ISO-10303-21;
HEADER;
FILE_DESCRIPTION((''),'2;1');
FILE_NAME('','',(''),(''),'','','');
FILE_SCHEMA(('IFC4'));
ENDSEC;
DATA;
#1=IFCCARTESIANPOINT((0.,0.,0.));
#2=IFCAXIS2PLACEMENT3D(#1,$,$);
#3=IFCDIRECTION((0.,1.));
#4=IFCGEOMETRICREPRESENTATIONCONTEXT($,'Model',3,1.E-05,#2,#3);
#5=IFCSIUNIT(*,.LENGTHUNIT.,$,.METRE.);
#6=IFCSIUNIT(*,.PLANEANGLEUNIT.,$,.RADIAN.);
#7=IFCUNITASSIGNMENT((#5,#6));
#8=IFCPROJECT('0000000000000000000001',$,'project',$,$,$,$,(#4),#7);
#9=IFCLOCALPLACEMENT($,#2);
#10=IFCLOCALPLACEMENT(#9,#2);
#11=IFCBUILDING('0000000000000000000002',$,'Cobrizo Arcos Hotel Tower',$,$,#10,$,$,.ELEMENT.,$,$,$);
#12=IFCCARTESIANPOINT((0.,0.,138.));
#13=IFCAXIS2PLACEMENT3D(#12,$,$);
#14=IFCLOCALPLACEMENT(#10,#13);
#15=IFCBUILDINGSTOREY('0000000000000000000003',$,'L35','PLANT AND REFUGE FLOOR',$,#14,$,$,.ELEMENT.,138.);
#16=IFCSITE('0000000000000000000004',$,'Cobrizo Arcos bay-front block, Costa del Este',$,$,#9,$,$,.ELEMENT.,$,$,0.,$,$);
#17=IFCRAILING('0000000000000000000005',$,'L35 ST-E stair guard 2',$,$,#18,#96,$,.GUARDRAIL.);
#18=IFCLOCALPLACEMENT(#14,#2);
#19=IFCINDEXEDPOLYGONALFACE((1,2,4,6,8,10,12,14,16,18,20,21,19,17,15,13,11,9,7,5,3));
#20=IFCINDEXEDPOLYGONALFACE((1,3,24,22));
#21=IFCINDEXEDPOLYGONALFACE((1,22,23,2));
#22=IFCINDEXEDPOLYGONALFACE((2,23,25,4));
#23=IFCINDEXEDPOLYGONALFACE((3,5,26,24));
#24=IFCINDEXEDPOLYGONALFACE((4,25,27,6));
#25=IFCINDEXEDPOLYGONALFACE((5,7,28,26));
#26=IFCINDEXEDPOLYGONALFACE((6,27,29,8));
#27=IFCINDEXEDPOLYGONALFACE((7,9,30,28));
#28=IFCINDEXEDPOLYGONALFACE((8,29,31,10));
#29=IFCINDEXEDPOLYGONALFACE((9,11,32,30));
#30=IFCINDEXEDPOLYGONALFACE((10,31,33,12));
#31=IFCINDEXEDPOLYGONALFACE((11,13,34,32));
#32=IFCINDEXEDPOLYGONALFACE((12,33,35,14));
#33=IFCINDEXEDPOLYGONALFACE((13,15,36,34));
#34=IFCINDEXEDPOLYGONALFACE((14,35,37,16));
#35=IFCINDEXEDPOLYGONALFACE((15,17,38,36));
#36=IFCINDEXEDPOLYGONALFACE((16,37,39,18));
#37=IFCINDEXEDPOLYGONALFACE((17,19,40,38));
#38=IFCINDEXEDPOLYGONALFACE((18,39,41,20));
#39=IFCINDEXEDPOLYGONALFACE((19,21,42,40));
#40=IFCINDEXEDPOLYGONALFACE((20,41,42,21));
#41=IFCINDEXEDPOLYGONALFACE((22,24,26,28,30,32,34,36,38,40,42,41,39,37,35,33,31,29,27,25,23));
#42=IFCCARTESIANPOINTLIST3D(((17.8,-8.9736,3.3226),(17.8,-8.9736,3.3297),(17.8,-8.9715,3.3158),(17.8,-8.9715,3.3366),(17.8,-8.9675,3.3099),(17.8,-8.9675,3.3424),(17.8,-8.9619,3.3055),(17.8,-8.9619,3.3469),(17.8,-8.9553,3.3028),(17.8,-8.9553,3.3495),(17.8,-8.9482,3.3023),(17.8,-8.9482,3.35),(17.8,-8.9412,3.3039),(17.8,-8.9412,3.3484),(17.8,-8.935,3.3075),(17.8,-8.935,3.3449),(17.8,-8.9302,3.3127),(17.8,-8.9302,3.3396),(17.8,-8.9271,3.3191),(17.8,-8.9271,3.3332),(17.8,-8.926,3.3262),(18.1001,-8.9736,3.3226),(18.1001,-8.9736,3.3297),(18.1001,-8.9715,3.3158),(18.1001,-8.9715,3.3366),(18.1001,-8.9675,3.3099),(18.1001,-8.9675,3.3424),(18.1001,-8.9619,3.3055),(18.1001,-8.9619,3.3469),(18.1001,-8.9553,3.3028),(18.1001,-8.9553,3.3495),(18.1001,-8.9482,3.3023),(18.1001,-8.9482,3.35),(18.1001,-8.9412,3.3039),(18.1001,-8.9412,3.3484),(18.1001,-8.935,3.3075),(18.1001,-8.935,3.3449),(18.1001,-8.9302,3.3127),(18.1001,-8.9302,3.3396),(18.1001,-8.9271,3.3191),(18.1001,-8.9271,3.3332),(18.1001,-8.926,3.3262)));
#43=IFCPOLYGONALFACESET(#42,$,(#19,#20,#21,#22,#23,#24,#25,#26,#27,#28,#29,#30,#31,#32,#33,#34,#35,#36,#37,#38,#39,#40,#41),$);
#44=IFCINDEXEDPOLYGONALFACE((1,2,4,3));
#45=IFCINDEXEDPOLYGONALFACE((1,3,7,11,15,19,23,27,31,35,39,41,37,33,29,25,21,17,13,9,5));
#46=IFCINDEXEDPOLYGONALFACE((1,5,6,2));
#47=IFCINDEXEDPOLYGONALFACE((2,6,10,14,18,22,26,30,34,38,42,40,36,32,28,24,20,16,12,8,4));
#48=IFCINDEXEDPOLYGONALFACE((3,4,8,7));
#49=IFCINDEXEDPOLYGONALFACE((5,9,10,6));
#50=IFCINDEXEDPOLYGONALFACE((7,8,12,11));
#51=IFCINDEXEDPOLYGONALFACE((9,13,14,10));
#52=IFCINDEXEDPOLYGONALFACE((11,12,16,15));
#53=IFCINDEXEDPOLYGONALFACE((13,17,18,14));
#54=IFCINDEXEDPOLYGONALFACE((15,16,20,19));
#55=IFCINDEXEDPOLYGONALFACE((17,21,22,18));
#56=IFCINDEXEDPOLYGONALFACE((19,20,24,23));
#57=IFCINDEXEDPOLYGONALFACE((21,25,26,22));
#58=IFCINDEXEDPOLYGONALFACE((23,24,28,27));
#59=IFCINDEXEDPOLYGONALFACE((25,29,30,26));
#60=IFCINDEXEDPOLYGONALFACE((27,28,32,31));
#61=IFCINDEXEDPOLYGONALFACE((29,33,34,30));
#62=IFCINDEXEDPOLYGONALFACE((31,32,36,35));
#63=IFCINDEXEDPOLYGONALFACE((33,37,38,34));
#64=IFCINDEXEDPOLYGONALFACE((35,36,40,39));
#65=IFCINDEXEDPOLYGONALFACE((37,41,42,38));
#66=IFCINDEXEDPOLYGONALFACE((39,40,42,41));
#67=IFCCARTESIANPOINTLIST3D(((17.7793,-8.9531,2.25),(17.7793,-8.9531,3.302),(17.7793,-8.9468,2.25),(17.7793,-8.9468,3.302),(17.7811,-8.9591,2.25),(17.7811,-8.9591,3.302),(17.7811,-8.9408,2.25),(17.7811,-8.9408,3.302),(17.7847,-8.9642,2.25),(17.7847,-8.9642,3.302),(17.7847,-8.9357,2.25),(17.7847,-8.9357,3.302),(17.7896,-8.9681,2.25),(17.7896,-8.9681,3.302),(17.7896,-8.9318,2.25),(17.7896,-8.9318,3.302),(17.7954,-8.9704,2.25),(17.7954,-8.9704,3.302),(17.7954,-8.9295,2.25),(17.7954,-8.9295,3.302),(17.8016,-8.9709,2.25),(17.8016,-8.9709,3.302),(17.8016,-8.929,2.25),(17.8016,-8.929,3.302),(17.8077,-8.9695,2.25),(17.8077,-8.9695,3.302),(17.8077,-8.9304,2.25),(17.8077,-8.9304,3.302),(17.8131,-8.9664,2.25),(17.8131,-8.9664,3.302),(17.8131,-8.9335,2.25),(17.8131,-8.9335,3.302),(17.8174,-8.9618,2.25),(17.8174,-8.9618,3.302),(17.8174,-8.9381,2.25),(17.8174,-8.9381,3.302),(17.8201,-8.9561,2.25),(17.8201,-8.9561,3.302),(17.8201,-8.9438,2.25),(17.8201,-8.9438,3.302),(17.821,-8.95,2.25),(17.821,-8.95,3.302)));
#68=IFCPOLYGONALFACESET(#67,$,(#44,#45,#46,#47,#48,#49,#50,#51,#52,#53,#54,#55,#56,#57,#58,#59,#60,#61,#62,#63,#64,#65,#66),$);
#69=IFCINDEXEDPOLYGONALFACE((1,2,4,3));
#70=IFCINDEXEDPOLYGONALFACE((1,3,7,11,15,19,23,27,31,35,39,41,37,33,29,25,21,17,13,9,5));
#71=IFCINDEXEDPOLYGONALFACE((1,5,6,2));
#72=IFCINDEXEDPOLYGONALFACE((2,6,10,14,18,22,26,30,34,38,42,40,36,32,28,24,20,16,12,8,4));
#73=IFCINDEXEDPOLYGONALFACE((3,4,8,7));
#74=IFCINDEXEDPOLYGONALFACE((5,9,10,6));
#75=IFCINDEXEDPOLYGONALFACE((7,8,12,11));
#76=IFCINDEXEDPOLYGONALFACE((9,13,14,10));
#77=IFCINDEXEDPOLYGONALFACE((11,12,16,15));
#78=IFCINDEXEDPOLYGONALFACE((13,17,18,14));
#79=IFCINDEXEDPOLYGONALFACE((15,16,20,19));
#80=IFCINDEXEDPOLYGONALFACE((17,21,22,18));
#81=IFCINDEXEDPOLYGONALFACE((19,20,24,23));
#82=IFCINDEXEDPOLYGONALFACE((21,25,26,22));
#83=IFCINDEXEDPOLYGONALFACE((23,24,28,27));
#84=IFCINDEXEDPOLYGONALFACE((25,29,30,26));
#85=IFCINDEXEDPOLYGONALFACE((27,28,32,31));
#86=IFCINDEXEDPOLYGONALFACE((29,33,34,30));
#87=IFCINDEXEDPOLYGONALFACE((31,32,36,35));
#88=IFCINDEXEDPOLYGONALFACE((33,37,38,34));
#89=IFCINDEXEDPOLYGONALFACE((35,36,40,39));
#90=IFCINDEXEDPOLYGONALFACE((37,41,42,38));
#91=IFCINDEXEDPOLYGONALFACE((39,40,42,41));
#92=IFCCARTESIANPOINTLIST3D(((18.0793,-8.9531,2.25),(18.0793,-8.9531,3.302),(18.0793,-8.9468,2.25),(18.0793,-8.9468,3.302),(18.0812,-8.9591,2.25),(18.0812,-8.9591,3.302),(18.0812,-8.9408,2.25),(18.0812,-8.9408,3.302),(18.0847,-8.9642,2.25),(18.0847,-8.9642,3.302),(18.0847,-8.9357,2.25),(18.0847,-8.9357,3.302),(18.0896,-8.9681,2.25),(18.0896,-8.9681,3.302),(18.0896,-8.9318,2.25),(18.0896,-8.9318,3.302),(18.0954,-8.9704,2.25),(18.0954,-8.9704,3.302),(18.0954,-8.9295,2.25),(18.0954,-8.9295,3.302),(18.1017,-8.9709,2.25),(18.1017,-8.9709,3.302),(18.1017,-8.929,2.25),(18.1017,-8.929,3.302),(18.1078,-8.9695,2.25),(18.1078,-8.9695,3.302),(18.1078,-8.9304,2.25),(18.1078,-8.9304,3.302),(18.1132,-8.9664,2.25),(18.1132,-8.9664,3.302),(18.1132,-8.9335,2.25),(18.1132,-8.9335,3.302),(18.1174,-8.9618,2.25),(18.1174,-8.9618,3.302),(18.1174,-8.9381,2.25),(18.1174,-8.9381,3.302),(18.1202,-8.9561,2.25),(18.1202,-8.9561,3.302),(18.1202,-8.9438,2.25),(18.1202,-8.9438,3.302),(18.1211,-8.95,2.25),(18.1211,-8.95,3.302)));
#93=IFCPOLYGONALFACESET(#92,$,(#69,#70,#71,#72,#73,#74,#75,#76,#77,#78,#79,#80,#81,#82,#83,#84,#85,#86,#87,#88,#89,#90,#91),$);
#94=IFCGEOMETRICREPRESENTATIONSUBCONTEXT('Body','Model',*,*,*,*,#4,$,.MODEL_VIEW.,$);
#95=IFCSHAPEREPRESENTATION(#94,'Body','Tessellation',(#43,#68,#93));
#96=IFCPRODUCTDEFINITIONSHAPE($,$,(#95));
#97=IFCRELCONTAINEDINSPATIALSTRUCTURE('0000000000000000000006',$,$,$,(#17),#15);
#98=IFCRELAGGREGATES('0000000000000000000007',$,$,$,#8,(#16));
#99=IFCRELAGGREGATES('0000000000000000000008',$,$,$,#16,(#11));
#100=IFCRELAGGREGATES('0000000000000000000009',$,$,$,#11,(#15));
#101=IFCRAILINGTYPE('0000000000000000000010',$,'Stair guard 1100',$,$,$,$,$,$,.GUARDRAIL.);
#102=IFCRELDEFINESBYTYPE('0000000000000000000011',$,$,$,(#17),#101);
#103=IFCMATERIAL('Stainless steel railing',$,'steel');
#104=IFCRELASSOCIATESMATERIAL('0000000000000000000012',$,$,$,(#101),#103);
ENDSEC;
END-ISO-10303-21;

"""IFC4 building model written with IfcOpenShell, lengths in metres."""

from ifc_helpers import new_model, si_unit, direction, frame, origin, origin_2d, place, context, subcontext, project, spatial, circle, extrude, material, type_object, element, save


model = new_model("IFC4")

# Units and contexts
model_context = context("Model", 3, precision=1e-05, world=origin(), true_north=direction((0.0, 1.0)))
body_context = subcontext(model_context, "Body", "Model", "MODEL_VIEW")
ifc_project = project(units=[si_unit("LENGTHUNIT", "METRE"), si_unit("PLANEANGLEUNIT", "RADIAN")], contexts=[model_context])

# Site, building, storey
site_placement = place(None, origin())
site = spatial("IfcSite", under=ifc_project, at=site_placement, Name="Cobrizo Arcos bay-front block, Costa del Este", CompositionType="ELEMENT", RefElevation=0.0)
building_placement = place(site_placement, origin())
building = spatial("IfcBuilding", under=site, at=building_placement, Name="Cobrizo Arcos Hotel Tower", CompositionType="ELEMENT")
storey_placement = place(building_placement, frame((0.0, 0.0, 138.0)))
storey = spatial("IfcBuildingStorey", under=building, at=storey_placement, Name="L35", Description="PLANT AND REFUGE FLOOR", CompositionType="ELEMENT", Elevation=138.0)

# Railing
ifc_material_1 = material(Name="Stainless steel railing", Category="steel")
railing_type_1 = type_object("IfcRailingType", Name="Stair guard 1100", PredefinedType="GUARDRAIL", material=ifc_material_1)
railing_1_placement = place(storey_placement, frame((17.8, -8.95, 2.25)))
element("IfcRailing", 1, at=railing_1_placement, inside=storey, type_object=railing_type_1, Name="L35 ST-E stair guard 2", PredefinedType="GUARDRAIL", context=body_context, shape_type="SweptSolid", body=[
    extrude(circle(Radius=0.0239, at=origin_2d()), frame((0.0, 0.0, 1.0762), z_axis=(1.0, 0.0, 0.0), x_axis=(0.0, 1.0, 0.0)), (0.0, 0.0, 1.0), 0.3),
    extrude(circle(Radius=0.021, at=origin_2d()), origin(), (0.0, 0.0, 1.0), 1.052),
    extrude(circle(Radius=0.021, at=origin_2d()), frame((0.3, 0.0, 0.0)), (0.0, 0.0, 1.0), 1.052),
])

save(model, "model.ifc")
